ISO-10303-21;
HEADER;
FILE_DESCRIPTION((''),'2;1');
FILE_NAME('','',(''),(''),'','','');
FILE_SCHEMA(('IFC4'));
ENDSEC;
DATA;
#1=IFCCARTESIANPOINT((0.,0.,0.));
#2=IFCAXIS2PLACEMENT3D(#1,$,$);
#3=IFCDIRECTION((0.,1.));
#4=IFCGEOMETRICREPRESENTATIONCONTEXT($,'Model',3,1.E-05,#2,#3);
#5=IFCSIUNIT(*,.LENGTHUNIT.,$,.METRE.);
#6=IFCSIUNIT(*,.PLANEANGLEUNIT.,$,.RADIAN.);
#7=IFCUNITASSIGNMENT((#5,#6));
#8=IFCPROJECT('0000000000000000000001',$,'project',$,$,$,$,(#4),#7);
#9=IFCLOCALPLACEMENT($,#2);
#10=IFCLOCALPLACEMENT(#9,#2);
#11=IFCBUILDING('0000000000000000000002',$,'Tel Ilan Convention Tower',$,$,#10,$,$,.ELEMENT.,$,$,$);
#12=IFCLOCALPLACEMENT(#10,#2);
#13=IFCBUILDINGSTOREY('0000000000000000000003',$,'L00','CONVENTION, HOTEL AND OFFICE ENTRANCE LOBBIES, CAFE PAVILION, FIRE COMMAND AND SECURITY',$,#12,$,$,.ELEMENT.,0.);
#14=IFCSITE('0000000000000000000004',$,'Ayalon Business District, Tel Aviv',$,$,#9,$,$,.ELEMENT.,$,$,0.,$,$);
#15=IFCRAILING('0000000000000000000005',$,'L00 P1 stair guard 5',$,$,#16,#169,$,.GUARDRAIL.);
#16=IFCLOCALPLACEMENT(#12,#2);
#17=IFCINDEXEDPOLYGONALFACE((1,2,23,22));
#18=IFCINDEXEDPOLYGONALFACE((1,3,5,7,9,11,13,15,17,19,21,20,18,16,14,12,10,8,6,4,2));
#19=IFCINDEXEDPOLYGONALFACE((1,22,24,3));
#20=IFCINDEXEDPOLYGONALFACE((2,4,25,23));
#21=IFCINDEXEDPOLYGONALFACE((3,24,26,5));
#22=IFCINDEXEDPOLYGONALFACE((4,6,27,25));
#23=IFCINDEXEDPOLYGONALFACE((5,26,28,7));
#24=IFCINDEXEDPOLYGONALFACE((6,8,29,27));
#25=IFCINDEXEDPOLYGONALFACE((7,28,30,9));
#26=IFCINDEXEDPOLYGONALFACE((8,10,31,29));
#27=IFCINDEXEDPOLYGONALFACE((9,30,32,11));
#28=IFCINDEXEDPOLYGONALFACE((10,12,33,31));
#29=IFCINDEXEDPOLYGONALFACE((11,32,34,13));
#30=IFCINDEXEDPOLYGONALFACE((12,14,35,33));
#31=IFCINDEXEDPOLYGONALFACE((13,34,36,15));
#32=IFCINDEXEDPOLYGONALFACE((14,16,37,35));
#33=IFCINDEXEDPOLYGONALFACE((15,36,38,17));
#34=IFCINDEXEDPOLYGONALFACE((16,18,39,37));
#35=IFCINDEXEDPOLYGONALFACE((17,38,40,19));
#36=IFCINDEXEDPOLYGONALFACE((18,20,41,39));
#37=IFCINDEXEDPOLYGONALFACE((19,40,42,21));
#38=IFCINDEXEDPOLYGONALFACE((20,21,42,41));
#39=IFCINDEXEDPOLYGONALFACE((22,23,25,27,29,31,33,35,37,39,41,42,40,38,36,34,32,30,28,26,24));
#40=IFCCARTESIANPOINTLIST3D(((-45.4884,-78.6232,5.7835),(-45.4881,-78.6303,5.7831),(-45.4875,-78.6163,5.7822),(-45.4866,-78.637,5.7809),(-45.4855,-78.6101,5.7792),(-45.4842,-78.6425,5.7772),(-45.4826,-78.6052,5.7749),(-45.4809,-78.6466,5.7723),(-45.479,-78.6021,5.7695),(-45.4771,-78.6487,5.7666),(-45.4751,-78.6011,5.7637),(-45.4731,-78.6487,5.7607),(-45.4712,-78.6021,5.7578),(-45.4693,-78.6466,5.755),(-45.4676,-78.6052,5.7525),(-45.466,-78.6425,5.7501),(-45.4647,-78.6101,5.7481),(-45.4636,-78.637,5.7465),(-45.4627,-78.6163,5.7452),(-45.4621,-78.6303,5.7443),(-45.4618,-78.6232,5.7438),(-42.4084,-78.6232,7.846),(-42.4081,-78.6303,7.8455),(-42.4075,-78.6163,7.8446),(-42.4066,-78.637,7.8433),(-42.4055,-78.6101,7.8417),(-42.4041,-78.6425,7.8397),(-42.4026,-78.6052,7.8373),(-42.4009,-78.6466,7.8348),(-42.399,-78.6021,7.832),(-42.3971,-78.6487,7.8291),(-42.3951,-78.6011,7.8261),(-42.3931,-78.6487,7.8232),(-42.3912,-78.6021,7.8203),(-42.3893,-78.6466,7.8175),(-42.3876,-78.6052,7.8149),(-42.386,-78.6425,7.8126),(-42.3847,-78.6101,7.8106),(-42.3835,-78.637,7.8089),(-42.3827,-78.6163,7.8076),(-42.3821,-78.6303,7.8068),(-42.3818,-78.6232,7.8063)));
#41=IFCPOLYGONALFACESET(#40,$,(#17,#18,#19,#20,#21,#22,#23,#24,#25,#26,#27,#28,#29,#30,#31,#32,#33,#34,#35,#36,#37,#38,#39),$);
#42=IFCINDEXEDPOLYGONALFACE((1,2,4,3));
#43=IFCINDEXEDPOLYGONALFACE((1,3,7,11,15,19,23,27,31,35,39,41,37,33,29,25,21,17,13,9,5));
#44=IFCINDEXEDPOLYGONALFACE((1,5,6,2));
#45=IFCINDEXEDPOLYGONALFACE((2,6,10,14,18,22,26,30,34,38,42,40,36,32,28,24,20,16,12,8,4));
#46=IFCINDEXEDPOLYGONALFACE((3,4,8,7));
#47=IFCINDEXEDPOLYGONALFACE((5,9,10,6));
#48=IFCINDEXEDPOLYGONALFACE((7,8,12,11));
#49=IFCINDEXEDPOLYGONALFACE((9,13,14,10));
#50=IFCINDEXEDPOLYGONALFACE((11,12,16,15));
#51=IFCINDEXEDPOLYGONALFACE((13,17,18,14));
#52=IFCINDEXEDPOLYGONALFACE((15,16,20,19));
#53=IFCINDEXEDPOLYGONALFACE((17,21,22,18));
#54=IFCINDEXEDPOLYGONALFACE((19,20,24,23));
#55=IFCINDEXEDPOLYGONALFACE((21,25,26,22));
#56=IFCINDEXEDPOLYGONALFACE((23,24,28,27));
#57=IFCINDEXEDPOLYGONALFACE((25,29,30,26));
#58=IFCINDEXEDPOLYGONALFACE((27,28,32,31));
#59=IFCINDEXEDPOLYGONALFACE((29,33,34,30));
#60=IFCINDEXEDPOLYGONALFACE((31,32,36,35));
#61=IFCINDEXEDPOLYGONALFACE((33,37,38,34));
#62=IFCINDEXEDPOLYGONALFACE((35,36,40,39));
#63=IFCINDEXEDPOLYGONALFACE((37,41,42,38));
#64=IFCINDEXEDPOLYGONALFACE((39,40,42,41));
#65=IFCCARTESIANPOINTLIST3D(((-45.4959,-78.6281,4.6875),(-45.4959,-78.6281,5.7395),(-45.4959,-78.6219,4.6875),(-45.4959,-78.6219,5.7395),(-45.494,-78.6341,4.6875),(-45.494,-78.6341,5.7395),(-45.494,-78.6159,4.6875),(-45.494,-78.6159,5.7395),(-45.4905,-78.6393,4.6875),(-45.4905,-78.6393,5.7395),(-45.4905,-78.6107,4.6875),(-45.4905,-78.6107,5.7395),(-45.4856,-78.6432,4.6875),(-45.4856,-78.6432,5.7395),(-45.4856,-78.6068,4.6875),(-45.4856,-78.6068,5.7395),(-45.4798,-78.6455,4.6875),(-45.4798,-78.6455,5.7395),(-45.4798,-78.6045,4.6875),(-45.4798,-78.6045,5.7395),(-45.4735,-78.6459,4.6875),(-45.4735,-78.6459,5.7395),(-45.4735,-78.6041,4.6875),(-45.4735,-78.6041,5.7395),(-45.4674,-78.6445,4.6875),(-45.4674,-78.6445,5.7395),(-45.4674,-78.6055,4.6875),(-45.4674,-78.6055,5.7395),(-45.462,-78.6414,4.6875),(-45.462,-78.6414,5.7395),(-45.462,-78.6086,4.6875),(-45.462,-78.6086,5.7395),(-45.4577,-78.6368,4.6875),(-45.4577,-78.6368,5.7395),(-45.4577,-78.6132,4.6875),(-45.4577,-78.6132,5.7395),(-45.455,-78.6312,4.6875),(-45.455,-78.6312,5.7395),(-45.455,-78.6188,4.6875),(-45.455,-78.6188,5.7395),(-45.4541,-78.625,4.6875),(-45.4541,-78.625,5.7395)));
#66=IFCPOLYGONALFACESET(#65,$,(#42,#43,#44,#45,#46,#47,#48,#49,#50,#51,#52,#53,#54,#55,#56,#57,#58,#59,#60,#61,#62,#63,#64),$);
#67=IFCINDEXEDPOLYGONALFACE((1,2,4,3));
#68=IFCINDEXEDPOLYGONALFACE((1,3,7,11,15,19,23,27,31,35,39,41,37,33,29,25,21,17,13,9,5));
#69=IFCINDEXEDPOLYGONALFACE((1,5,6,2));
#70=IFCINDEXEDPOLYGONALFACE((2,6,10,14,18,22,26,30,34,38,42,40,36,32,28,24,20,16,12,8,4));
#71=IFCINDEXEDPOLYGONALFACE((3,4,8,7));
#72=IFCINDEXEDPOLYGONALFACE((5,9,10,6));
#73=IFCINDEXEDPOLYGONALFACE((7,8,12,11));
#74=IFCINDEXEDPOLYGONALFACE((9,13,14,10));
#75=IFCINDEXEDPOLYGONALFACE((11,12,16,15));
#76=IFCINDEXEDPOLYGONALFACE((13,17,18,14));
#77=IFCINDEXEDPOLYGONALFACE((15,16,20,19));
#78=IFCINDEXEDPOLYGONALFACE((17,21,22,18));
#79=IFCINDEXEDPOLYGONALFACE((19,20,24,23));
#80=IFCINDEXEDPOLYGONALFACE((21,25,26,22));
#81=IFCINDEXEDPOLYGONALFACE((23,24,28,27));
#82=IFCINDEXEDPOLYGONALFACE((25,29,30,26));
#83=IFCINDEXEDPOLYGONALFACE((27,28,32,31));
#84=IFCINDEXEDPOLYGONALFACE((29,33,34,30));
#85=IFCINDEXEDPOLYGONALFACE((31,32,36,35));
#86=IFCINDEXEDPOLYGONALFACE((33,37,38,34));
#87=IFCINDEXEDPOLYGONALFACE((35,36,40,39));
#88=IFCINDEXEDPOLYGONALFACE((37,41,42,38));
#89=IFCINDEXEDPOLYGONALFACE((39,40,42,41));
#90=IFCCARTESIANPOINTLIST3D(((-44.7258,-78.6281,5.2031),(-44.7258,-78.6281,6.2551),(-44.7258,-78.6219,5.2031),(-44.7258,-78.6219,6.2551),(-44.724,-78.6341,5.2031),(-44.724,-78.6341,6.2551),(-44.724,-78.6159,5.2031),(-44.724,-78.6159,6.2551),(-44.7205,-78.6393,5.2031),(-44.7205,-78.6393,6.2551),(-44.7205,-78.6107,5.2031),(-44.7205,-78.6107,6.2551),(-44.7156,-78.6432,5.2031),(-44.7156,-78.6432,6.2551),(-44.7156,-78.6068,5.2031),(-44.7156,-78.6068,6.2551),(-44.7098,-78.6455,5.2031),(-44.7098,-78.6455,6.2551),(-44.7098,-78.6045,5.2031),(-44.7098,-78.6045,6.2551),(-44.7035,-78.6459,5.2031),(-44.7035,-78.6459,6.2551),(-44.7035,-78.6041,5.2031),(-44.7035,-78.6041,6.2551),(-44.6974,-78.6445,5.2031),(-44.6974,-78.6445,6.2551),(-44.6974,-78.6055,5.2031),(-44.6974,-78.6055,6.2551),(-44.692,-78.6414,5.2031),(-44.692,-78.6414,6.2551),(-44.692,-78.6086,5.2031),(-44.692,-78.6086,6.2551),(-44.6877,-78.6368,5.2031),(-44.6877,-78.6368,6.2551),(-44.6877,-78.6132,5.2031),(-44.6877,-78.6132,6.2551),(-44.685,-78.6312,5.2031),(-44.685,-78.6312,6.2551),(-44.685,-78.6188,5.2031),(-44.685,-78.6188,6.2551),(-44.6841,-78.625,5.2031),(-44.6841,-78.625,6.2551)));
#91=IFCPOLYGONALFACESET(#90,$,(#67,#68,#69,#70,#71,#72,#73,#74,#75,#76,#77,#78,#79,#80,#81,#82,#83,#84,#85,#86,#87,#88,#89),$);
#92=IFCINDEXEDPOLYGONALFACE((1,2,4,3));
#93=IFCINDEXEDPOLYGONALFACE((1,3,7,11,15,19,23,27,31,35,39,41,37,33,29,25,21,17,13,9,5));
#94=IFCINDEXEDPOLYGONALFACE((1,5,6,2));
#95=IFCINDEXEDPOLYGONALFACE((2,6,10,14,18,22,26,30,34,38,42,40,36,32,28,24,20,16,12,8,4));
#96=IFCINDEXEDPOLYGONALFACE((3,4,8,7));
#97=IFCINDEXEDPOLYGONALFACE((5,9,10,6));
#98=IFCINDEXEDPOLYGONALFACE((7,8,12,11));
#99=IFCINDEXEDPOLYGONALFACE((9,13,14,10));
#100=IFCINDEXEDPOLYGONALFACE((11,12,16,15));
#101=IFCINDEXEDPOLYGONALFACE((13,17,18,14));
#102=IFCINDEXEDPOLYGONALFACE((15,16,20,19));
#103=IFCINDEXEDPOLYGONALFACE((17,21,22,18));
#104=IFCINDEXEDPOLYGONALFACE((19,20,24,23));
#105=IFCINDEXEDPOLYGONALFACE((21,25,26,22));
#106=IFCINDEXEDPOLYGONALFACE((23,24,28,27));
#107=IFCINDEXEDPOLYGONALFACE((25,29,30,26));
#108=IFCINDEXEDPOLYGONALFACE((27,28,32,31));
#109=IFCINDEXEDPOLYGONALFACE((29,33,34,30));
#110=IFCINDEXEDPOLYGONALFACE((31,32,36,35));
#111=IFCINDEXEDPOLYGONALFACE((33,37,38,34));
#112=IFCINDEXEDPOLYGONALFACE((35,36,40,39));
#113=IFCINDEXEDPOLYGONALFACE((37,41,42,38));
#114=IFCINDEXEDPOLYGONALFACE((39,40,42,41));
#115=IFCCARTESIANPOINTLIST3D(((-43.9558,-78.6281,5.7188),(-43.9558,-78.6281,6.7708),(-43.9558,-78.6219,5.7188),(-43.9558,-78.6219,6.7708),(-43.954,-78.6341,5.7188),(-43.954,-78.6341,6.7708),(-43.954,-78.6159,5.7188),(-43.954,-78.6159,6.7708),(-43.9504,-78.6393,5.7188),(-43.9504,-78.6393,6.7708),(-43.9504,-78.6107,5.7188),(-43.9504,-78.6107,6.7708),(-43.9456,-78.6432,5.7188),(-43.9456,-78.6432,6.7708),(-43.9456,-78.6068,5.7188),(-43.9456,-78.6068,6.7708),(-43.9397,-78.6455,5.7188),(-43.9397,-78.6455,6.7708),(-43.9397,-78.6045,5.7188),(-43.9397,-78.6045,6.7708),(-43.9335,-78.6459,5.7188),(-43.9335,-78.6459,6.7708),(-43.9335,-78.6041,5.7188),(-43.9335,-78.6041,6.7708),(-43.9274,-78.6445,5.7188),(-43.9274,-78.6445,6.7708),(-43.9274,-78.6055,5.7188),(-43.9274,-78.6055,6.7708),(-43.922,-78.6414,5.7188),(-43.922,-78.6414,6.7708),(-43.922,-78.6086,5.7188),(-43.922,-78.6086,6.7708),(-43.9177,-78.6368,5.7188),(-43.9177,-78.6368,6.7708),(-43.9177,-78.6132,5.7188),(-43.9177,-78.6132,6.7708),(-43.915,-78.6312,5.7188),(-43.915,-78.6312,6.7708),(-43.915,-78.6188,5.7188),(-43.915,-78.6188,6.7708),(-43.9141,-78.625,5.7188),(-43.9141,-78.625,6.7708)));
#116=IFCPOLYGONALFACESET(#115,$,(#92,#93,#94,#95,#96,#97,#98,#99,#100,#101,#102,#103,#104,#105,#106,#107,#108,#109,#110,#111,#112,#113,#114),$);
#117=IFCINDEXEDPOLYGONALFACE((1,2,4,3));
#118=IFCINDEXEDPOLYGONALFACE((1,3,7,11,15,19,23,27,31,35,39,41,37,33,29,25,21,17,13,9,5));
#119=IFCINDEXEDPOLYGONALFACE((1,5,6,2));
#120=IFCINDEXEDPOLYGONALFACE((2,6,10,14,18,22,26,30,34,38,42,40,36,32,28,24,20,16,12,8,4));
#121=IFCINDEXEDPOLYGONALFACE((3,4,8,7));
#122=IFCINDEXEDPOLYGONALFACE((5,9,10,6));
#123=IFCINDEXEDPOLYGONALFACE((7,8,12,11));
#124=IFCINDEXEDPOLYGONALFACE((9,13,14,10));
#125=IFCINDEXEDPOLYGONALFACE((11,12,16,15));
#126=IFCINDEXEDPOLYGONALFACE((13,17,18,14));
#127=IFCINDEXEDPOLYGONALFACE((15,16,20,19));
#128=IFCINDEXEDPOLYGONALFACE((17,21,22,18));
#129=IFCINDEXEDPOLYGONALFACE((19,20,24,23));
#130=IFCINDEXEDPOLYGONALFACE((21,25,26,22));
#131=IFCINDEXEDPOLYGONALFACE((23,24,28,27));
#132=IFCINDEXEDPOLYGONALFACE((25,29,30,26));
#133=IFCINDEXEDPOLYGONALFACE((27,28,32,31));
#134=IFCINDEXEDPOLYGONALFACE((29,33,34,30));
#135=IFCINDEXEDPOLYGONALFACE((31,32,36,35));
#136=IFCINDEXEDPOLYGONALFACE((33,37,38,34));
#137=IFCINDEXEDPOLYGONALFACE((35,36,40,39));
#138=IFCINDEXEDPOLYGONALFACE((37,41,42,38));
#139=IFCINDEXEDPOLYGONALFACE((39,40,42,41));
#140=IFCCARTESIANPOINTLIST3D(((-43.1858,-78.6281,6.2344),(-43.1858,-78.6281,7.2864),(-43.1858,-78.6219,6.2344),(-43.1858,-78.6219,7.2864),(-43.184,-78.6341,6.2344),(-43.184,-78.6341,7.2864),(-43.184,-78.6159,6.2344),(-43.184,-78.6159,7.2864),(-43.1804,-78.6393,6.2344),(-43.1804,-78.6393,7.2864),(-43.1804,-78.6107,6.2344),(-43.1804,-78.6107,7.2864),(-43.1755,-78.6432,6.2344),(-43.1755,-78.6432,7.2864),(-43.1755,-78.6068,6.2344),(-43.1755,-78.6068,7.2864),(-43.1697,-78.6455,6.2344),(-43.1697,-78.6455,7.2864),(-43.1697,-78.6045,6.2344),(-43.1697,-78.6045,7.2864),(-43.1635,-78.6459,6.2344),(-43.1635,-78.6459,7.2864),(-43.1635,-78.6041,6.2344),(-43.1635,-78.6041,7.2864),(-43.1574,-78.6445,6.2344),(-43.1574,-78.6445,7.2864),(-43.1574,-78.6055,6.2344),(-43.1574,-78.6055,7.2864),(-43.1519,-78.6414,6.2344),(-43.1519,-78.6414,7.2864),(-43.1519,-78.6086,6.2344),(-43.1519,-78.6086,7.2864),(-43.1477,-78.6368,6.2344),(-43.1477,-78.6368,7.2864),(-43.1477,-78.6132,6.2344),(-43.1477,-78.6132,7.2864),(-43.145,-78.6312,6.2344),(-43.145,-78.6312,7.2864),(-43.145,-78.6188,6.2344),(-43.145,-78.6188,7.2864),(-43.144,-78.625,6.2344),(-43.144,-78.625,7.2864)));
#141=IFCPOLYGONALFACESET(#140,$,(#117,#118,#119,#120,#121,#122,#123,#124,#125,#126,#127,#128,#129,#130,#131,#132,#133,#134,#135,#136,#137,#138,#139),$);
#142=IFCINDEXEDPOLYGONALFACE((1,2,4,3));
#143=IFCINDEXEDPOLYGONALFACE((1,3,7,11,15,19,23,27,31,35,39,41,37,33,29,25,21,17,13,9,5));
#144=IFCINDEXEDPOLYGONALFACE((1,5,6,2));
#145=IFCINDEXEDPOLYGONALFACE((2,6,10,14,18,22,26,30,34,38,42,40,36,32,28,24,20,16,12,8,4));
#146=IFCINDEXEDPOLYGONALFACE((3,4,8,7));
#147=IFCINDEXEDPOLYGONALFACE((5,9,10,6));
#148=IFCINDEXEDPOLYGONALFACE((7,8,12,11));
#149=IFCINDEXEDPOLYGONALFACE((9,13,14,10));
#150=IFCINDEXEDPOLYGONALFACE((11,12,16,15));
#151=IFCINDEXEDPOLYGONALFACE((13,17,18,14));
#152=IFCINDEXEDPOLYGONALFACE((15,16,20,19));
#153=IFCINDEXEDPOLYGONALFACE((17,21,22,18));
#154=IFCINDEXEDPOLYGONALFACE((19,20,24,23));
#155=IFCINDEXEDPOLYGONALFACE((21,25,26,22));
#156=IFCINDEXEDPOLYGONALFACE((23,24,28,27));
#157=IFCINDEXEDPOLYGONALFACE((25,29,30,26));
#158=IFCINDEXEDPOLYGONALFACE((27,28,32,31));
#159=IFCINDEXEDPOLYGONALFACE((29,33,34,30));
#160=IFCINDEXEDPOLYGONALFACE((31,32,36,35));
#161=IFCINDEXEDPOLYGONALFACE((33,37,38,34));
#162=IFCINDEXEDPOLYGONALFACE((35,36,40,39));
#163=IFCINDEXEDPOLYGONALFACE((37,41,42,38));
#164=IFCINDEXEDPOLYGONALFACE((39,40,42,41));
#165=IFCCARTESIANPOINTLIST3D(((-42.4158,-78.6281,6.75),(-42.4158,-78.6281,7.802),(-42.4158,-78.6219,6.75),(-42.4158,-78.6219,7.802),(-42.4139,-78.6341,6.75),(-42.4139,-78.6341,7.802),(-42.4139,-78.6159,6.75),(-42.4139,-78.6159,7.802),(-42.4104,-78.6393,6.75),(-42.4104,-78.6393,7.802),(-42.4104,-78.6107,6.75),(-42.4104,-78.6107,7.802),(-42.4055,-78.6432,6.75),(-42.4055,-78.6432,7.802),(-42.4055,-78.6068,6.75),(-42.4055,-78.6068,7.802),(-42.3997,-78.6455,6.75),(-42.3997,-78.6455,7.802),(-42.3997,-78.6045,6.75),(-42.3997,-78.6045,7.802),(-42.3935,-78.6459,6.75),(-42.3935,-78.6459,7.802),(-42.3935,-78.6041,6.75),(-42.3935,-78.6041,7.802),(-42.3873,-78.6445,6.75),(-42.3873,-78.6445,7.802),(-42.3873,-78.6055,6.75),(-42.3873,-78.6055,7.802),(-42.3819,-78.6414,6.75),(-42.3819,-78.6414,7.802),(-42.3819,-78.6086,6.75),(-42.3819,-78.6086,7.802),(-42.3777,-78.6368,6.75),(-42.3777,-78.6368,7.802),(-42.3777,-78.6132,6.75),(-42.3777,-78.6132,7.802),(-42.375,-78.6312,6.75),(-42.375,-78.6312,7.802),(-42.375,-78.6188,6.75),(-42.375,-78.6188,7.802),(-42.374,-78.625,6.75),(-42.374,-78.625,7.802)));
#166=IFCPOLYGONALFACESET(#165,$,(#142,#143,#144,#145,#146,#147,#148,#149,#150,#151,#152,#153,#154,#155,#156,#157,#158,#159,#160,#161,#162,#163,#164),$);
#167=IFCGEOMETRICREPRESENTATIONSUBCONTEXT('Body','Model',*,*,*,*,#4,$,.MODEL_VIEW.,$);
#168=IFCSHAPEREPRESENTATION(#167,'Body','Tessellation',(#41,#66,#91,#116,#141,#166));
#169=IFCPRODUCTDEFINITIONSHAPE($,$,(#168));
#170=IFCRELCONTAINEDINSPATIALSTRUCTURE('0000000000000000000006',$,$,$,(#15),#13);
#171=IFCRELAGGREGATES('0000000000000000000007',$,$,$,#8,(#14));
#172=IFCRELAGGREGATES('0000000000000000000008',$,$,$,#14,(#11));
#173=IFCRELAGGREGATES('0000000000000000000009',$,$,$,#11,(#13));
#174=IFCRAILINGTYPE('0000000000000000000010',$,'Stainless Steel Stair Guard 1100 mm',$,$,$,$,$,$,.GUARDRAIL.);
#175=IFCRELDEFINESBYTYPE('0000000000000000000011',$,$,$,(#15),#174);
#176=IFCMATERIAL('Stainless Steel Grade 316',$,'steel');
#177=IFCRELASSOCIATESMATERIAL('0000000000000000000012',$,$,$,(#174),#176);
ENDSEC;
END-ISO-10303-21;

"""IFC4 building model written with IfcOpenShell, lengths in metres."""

from ifc_helpers import new_model, si_unit, direction, frame, origin, origin_2d, place, context, subcontext, project, spatial, circle, extrude, material, type_object, element, save


model = new_model("IFC4")

# Units and contexts
model_context = context("Model", 3, precision=1e-05, world=origin(), true_north=direction((0.0, 1.0)))
body_context = subcontext(model_context, "Body", "Model", "MODEL_VIEW")
ifc_project = project(units=[si_unit("LENGTHUNIT", "METRE"), si_unit("PLANEANGLEUNIT", "RADIAN")], contexts=[model_context])

# Site, building, storey
site_placement = place(None, origin())
site = spatial("IfcSite", under=ifc_project, at=site_placement, Name="Ayalon Business District, Tel Aviv", CompositionType="ELEMENT", RefElevation=0.0)
building_placement = place(site_placement, origin())
building = spatial("IfcBuilding", under=site, at=building_placement, Name="Tel Ilan Convention Tower", CompositionType="ELEMENT")
storey_placement = place(building_placement, origin())
storey = spatial("IfcBuildingStorey", under=building, at=storey_placement, Name="L00", Description="CONVENTION, HOTEL AND OFFICE ENTRANCE LOBBIES, CAFE PAVILION, FIRE COMMAND AND SECURITY", CompositionType="ELEMENT", Elevation=0.0)

# Railing
ifc_material_1 = material(Name="Stainless Steel Grade 316", Category="steel")
railing_type_1 = type_object("IfcRailingType", Name="Stainless Steel Stair Guard 1100 mm", PredefinedType="GUARDRAIL", material=ifc_material_1)
railing_1_placement = place(storey_placement, frame((-45.4751, -78.625, 4.6875)))
element("IfcRailing", 1, at=railing_1_placement, inside=storey, type_object=railing_type_1, Name="L00 P1 stair guard 5", PredefinedType="GUARDRAIL", context=body_context, shape_type="SweptSolid", body=[
    extrude(circle(Radius=0.0239, at=origin_2d()), frame((0.0, 0.0, 1.0762), z_axis=(0.830914, 0.0, 0.556401), x_axis=(0.0, 1.0, 0.0)), (0.0, 0.0, 1.0), 3.7068),
    extrude(circle(Radius=0.021, at=origin_2d()), origin(), (0.0, 0.0, 1.0), 1.052),
    extrude(circle(Radius=0.021, at=origin_2d()), frame((0.77, 0.0, 0.5156)), (0.0, 0.0, 1.0), 1.052),
    extrude(circle(Radius=0.021, at=origin_2d()), frame((1.54, 0.0, 1.0312)), (0.0, 0.0, 1.0), 1.052),
    extrude(circle(Radius=0.021, at=origin_2d()), frame((2.3101, 0.0, 1.5469)), (0.0, 0.0, 1.0), 1.052),
    extrude(circle(Radius=0.021, at=origin_2d()), frame((3.0801, 0.0, 2.0625)), (0.0, 0.0, 1.0), 1.052),
])

save(model, "model.ifc")
